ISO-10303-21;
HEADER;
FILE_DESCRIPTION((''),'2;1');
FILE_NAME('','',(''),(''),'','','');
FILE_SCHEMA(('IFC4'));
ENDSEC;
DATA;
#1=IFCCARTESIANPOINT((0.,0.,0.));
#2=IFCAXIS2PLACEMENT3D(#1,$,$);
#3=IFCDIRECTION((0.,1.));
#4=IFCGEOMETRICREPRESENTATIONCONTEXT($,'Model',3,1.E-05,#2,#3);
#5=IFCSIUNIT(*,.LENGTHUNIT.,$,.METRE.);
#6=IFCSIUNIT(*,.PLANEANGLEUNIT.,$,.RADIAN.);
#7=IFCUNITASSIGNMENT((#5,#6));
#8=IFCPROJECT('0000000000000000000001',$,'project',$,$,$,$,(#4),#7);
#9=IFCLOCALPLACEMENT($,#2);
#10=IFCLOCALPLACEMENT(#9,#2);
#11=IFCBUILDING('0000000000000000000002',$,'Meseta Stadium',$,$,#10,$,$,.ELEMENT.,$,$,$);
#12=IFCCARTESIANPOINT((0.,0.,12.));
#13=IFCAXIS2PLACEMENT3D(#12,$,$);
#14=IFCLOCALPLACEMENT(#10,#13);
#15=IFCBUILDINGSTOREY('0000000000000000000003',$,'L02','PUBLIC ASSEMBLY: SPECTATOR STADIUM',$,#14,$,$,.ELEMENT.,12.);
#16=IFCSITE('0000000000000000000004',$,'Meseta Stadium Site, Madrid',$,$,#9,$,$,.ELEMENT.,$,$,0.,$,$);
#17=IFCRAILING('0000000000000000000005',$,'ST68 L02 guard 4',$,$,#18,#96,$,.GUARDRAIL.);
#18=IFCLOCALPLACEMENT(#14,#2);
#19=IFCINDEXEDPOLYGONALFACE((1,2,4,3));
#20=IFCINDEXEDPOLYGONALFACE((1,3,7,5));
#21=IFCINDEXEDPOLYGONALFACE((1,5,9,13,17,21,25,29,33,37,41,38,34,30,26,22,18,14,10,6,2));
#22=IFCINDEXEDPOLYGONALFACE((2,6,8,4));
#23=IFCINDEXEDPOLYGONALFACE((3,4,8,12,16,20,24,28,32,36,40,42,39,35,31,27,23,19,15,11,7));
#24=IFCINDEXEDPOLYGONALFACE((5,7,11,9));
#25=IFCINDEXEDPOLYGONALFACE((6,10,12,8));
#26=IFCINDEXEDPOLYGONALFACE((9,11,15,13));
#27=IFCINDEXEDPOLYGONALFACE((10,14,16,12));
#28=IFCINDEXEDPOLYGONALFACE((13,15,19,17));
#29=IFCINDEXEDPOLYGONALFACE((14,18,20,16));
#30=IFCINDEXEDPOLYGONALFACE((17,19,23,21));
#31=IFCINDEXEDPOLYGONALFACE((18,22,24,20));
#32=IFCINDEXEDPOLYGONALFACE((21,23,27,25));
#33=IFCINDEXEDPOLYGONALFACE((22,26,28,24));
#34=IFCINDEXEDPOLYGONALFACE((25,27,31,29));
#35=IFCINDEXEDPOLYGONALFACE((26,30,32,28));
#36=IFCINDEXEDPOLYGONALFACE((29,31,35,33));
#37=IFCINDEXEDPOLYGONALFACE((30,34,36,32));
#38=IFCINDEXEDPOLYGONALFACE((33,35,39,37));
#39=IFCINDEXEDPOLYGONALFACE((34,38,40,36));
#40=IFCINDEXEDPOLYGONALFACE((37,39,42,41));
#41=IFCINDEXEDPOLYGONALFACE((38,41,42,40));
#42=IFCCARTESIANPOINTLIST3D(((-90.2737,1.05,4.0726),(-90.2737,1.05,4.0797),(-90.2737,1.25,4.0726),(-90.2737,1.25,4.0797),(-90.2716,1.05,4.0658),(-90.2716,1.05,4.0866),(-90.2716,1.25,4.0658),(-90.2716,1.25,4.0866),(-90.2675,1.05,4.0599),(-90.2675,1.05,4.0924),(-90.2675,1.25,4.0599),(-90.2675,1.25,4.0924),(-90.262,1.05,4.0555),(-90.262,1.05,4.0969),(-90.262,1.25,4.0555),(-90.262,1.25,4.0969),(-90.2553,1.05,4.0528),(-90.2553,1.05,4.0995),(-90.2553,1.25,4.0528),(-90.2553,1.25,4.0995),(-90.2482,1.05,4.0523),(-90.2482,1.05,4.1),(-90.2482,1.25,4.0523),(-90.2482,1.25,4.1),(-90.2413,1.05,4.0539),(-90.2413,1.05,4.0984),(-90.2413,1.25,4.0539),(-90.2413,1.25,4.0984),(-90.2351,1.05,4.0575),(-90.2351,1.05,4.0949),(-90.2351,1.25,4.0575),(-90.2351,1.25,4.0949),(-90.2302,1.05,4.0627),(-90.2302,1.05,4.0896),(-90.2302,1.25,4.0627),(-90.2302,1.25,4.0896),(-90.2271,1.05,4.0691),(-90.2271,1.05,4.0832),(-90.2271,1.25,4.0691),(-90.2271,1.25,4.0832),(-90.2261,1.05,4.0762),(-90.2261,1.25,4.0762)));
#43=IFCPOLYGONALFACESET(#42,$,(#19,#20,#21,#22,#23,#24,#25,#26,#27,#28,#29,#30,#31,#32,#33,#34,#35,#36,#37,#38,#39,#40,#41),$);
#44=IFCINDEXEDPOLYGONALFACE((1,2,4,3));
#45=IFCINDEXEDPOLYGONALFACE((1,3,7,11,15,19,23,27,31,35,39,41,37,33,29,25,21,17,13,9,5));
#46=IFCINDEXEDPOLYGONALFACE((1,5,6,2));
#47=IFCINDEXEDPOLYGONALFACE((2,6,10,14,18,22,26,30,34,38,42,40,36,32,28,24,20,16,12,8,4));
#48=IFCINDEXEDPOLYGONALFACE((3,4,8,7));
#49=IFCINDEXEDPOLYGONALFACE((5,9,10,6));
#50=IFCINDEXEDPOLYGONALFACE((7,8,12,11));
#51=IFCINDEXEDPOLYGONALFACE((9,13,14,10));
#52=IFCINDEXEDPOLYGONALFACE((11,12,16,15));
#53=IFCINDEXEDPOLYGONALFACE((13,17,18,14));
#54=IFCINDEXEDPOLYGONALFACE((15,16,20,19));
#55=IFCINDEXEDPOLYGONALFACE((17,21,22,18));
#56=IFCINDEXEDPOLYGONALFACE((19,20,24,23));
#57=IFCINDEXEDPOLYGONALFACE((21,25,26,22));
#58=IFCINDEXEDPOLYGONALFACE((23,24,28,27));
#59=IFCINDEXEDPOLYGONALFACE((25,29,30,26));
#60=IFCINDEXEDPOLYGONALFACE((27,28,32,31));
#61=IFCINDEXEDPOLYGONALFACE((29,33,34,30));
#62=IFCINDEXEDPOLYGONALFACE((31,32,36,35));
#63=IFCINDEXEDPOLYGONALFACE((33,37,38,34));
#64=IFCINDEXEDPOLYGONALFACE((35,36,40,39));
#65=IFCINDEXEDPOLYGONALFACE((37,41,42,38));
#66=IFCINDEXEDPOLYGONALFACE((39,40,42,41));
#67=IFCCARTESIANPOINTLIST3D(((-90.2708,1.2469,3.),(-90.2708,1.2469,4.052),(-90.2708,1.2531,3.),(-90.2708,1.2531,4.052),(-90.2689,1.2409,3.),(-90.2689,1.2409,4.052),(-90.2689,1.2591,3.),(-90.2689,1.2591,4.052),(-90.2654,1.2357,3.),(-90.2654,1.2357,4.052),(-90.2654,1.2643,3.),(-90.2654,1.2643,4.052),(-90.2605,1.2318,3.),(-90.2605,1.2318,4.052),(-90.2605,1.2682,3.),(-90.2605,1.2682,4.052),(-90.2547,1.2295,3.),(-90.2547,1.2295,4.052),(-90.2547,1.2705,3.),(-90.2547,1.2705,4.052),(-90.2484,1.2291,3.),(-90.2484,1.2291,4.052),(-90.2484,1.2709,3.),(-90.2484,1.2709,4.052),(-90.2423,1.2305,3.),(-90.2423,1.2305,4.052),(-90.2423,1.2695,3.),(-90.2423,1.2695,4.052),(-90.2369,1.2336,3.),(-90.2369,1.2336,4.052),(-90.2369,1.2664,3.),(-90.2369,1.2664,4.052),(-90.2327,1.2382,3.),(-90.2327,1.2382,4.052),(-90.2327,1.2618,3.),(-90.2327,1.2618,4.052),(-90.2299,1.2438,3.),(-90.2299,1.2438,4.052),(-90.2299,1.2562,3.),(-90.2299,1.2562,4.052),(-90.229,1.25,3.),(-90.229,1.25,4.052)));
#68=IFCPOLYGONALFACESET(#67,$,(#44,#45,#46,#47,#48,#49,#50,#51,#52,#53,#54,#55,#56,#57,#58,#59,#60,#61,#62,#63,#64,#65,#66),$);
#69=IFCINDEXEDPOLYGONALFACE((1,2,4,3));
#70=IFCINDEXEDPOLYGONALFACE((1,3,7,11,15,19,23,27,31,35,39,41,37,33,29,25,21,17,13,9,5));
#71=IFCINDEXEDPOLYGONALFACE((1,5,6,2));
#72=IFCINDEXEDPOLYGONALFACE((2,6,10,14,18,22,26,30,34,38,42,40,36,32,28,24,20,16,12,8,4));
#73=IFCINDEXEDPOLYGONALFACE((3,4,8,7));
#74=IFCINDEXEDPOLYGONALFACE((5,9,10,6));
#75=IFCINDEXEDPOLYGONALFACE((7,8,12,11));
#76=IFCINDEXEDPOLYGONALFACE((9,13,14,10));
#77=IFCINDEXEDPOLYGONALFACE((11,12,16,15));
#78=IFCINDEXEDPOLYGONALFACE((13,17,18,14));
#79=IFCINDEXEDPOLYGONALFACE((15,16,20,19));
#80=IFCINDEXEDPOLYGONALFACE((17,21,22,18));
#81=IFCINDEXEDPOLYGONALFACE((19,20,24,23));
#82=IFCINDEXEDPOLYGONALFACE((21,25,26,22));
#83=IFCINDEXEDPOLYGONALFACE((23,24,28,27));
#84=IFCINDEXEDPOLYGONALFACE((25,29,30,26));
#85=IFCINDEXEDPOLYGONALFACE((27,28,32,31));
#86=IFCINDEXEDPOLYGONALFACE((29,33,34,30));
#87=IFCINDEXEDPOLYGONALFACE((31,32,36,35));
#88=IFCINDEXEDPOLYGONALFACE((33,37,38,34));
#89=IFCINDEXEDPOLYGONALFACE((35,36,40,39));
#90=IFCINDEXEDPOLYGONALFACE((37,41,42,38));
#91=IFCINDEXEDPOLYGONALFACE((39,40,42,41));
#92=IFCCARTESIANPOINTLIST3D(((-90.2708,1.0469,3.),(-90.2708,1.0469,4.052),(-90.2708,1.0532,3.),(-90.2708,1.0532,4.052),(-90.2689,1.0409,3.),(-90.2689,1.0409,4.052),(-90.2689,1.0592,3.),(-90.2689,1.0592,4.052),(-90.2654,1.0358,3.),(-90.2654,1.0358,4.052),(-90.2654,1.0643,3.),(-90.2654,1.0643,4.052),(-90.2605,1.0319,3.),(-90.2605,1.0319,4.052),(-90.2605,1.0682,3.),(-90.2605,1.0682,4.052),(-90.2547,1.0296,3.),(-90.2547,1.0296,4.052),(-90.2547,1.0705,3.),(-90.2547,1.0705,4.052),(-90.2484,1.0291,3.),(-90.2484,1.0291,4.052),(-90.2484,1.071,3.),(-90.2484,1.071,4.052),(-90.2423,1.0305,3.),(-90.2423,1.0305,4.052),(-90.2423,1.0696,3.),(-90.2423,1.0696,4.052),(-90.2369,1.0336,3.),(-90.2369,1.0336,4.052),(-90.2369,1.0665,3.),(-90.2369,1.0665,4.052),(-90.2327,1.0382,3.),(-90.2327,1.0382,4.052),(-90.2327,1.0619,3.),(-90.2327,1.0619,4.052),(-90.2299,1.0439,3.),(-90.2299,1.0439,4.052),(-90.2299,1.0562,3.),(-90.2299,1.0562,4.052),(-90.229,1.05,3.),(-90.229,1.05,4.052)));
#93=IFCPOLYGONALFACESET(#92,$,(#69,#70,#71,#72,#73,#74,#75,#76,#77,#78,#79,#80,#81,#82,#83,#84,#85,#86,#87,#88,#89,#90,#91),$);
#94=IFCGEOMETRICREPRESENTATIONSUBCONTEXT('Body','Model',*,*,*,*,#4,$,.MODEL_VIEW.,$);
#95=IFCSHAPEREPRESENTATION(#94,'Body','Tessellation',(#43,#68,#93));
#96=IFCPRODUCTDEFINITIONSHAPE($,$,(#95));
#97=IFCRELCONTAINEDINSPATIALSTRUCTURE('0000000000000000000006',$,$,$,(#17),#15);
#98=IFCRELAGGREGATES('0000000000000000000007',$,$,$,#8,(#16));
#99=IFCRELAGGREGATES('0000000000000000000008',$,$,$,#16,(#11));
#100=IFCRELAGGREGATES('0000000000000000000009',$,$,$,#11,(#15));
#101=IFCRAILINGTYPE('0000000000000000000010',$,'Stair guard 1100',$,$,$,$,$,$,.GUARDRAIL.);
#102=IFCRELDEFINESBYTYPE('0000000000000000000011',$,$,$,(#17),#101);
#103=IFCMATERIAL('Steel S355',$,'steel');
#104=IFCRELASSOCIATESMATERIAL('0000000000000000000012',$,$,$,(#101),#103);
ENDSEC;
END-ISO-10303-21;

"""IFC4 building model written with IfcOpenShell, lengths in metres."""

from ifc_helpers import new_model, si_unit, direction, frame, origin, origin_2d, place, context, subcontext, project, spatial, circle, extrude, material, type_object, element, save


model = new_model("IFC4")

# Units and contexts
model_context = context("Model", 3, precision=1e-05, world=origin(), true_north=direction((0.0, 1.0)))
body_context = subcontext(model_context, "Body", "Model", "MODEL_VIEW")
ifc_project = project(units=[si_unit("LENGTHUNIT", "METRE"), si_unit("PLANEANGLEUNIT", "RADIAN")], contexts=[model_context])

# Site, building, storey
site_placement = place(None, origin())
site = spatial("IfcSite", under=ifc_project, at=site_placement, Name="Meseta Stadium Site, Madrid", CompositionType="ELEMENT", RefElevation=0.0)
building_placement = place(site_placement, origin())
building = spatial("IfcBuilding", under=site, at=building_placement, Name="Meseta Stadium", CompositionType="ELEMENT")
storey_placement = place(building_placement, frame((0.0, 0.0, 12.0)))
storey = spatial("IfcBuildingStorey", under=building, at=storey_placement, Name="L02", Description="PUBLIC ASSEMBLY: SPECTATOR STADIUM", CompositionType="ELEMENT", Elevation=12.0)

# Railing
ifc_material_1 = material(Name="Steel S355", Category="steel")
railing_type_1 = type_object("IfcRailingType", Name="Stair guard 1100", PredefinedType="GUARDRAIL", material=ifc_material_1)
railing_1_placement = place(storey_placement, frame((-90.25, 1.25, 3.0)))
element("IfcRailing", 1, at=railing_1_placement, inside=storey, type_object=railing_type_1, Name="ST68 L02 guard 4", PredefinedType="GUARDRAIL", context=body_context, shape_type="SweptSolid", body=[
    extrude(circle(Radius=0.0239, at=origin_2d()), frame((0.0, 0.0, 1.0762), z_axis=(0.0, -1.0, 0.0), x_axis=(1.0, 0.0, 0.0)), (0.0, 0.0, 1.0), 0.2),
    extrude(circle(Radius=0.021, at=origin_2d()), origin(), (0.0, 0.0, 1.0), 1.052),
    extrude(circle(Radius=0.021, at=origin_2d()), frame((0.0, -0.2, 0.0)), (0.0, 0.0, 1.0), 1.052),
])

save(model, "model.ifc")
